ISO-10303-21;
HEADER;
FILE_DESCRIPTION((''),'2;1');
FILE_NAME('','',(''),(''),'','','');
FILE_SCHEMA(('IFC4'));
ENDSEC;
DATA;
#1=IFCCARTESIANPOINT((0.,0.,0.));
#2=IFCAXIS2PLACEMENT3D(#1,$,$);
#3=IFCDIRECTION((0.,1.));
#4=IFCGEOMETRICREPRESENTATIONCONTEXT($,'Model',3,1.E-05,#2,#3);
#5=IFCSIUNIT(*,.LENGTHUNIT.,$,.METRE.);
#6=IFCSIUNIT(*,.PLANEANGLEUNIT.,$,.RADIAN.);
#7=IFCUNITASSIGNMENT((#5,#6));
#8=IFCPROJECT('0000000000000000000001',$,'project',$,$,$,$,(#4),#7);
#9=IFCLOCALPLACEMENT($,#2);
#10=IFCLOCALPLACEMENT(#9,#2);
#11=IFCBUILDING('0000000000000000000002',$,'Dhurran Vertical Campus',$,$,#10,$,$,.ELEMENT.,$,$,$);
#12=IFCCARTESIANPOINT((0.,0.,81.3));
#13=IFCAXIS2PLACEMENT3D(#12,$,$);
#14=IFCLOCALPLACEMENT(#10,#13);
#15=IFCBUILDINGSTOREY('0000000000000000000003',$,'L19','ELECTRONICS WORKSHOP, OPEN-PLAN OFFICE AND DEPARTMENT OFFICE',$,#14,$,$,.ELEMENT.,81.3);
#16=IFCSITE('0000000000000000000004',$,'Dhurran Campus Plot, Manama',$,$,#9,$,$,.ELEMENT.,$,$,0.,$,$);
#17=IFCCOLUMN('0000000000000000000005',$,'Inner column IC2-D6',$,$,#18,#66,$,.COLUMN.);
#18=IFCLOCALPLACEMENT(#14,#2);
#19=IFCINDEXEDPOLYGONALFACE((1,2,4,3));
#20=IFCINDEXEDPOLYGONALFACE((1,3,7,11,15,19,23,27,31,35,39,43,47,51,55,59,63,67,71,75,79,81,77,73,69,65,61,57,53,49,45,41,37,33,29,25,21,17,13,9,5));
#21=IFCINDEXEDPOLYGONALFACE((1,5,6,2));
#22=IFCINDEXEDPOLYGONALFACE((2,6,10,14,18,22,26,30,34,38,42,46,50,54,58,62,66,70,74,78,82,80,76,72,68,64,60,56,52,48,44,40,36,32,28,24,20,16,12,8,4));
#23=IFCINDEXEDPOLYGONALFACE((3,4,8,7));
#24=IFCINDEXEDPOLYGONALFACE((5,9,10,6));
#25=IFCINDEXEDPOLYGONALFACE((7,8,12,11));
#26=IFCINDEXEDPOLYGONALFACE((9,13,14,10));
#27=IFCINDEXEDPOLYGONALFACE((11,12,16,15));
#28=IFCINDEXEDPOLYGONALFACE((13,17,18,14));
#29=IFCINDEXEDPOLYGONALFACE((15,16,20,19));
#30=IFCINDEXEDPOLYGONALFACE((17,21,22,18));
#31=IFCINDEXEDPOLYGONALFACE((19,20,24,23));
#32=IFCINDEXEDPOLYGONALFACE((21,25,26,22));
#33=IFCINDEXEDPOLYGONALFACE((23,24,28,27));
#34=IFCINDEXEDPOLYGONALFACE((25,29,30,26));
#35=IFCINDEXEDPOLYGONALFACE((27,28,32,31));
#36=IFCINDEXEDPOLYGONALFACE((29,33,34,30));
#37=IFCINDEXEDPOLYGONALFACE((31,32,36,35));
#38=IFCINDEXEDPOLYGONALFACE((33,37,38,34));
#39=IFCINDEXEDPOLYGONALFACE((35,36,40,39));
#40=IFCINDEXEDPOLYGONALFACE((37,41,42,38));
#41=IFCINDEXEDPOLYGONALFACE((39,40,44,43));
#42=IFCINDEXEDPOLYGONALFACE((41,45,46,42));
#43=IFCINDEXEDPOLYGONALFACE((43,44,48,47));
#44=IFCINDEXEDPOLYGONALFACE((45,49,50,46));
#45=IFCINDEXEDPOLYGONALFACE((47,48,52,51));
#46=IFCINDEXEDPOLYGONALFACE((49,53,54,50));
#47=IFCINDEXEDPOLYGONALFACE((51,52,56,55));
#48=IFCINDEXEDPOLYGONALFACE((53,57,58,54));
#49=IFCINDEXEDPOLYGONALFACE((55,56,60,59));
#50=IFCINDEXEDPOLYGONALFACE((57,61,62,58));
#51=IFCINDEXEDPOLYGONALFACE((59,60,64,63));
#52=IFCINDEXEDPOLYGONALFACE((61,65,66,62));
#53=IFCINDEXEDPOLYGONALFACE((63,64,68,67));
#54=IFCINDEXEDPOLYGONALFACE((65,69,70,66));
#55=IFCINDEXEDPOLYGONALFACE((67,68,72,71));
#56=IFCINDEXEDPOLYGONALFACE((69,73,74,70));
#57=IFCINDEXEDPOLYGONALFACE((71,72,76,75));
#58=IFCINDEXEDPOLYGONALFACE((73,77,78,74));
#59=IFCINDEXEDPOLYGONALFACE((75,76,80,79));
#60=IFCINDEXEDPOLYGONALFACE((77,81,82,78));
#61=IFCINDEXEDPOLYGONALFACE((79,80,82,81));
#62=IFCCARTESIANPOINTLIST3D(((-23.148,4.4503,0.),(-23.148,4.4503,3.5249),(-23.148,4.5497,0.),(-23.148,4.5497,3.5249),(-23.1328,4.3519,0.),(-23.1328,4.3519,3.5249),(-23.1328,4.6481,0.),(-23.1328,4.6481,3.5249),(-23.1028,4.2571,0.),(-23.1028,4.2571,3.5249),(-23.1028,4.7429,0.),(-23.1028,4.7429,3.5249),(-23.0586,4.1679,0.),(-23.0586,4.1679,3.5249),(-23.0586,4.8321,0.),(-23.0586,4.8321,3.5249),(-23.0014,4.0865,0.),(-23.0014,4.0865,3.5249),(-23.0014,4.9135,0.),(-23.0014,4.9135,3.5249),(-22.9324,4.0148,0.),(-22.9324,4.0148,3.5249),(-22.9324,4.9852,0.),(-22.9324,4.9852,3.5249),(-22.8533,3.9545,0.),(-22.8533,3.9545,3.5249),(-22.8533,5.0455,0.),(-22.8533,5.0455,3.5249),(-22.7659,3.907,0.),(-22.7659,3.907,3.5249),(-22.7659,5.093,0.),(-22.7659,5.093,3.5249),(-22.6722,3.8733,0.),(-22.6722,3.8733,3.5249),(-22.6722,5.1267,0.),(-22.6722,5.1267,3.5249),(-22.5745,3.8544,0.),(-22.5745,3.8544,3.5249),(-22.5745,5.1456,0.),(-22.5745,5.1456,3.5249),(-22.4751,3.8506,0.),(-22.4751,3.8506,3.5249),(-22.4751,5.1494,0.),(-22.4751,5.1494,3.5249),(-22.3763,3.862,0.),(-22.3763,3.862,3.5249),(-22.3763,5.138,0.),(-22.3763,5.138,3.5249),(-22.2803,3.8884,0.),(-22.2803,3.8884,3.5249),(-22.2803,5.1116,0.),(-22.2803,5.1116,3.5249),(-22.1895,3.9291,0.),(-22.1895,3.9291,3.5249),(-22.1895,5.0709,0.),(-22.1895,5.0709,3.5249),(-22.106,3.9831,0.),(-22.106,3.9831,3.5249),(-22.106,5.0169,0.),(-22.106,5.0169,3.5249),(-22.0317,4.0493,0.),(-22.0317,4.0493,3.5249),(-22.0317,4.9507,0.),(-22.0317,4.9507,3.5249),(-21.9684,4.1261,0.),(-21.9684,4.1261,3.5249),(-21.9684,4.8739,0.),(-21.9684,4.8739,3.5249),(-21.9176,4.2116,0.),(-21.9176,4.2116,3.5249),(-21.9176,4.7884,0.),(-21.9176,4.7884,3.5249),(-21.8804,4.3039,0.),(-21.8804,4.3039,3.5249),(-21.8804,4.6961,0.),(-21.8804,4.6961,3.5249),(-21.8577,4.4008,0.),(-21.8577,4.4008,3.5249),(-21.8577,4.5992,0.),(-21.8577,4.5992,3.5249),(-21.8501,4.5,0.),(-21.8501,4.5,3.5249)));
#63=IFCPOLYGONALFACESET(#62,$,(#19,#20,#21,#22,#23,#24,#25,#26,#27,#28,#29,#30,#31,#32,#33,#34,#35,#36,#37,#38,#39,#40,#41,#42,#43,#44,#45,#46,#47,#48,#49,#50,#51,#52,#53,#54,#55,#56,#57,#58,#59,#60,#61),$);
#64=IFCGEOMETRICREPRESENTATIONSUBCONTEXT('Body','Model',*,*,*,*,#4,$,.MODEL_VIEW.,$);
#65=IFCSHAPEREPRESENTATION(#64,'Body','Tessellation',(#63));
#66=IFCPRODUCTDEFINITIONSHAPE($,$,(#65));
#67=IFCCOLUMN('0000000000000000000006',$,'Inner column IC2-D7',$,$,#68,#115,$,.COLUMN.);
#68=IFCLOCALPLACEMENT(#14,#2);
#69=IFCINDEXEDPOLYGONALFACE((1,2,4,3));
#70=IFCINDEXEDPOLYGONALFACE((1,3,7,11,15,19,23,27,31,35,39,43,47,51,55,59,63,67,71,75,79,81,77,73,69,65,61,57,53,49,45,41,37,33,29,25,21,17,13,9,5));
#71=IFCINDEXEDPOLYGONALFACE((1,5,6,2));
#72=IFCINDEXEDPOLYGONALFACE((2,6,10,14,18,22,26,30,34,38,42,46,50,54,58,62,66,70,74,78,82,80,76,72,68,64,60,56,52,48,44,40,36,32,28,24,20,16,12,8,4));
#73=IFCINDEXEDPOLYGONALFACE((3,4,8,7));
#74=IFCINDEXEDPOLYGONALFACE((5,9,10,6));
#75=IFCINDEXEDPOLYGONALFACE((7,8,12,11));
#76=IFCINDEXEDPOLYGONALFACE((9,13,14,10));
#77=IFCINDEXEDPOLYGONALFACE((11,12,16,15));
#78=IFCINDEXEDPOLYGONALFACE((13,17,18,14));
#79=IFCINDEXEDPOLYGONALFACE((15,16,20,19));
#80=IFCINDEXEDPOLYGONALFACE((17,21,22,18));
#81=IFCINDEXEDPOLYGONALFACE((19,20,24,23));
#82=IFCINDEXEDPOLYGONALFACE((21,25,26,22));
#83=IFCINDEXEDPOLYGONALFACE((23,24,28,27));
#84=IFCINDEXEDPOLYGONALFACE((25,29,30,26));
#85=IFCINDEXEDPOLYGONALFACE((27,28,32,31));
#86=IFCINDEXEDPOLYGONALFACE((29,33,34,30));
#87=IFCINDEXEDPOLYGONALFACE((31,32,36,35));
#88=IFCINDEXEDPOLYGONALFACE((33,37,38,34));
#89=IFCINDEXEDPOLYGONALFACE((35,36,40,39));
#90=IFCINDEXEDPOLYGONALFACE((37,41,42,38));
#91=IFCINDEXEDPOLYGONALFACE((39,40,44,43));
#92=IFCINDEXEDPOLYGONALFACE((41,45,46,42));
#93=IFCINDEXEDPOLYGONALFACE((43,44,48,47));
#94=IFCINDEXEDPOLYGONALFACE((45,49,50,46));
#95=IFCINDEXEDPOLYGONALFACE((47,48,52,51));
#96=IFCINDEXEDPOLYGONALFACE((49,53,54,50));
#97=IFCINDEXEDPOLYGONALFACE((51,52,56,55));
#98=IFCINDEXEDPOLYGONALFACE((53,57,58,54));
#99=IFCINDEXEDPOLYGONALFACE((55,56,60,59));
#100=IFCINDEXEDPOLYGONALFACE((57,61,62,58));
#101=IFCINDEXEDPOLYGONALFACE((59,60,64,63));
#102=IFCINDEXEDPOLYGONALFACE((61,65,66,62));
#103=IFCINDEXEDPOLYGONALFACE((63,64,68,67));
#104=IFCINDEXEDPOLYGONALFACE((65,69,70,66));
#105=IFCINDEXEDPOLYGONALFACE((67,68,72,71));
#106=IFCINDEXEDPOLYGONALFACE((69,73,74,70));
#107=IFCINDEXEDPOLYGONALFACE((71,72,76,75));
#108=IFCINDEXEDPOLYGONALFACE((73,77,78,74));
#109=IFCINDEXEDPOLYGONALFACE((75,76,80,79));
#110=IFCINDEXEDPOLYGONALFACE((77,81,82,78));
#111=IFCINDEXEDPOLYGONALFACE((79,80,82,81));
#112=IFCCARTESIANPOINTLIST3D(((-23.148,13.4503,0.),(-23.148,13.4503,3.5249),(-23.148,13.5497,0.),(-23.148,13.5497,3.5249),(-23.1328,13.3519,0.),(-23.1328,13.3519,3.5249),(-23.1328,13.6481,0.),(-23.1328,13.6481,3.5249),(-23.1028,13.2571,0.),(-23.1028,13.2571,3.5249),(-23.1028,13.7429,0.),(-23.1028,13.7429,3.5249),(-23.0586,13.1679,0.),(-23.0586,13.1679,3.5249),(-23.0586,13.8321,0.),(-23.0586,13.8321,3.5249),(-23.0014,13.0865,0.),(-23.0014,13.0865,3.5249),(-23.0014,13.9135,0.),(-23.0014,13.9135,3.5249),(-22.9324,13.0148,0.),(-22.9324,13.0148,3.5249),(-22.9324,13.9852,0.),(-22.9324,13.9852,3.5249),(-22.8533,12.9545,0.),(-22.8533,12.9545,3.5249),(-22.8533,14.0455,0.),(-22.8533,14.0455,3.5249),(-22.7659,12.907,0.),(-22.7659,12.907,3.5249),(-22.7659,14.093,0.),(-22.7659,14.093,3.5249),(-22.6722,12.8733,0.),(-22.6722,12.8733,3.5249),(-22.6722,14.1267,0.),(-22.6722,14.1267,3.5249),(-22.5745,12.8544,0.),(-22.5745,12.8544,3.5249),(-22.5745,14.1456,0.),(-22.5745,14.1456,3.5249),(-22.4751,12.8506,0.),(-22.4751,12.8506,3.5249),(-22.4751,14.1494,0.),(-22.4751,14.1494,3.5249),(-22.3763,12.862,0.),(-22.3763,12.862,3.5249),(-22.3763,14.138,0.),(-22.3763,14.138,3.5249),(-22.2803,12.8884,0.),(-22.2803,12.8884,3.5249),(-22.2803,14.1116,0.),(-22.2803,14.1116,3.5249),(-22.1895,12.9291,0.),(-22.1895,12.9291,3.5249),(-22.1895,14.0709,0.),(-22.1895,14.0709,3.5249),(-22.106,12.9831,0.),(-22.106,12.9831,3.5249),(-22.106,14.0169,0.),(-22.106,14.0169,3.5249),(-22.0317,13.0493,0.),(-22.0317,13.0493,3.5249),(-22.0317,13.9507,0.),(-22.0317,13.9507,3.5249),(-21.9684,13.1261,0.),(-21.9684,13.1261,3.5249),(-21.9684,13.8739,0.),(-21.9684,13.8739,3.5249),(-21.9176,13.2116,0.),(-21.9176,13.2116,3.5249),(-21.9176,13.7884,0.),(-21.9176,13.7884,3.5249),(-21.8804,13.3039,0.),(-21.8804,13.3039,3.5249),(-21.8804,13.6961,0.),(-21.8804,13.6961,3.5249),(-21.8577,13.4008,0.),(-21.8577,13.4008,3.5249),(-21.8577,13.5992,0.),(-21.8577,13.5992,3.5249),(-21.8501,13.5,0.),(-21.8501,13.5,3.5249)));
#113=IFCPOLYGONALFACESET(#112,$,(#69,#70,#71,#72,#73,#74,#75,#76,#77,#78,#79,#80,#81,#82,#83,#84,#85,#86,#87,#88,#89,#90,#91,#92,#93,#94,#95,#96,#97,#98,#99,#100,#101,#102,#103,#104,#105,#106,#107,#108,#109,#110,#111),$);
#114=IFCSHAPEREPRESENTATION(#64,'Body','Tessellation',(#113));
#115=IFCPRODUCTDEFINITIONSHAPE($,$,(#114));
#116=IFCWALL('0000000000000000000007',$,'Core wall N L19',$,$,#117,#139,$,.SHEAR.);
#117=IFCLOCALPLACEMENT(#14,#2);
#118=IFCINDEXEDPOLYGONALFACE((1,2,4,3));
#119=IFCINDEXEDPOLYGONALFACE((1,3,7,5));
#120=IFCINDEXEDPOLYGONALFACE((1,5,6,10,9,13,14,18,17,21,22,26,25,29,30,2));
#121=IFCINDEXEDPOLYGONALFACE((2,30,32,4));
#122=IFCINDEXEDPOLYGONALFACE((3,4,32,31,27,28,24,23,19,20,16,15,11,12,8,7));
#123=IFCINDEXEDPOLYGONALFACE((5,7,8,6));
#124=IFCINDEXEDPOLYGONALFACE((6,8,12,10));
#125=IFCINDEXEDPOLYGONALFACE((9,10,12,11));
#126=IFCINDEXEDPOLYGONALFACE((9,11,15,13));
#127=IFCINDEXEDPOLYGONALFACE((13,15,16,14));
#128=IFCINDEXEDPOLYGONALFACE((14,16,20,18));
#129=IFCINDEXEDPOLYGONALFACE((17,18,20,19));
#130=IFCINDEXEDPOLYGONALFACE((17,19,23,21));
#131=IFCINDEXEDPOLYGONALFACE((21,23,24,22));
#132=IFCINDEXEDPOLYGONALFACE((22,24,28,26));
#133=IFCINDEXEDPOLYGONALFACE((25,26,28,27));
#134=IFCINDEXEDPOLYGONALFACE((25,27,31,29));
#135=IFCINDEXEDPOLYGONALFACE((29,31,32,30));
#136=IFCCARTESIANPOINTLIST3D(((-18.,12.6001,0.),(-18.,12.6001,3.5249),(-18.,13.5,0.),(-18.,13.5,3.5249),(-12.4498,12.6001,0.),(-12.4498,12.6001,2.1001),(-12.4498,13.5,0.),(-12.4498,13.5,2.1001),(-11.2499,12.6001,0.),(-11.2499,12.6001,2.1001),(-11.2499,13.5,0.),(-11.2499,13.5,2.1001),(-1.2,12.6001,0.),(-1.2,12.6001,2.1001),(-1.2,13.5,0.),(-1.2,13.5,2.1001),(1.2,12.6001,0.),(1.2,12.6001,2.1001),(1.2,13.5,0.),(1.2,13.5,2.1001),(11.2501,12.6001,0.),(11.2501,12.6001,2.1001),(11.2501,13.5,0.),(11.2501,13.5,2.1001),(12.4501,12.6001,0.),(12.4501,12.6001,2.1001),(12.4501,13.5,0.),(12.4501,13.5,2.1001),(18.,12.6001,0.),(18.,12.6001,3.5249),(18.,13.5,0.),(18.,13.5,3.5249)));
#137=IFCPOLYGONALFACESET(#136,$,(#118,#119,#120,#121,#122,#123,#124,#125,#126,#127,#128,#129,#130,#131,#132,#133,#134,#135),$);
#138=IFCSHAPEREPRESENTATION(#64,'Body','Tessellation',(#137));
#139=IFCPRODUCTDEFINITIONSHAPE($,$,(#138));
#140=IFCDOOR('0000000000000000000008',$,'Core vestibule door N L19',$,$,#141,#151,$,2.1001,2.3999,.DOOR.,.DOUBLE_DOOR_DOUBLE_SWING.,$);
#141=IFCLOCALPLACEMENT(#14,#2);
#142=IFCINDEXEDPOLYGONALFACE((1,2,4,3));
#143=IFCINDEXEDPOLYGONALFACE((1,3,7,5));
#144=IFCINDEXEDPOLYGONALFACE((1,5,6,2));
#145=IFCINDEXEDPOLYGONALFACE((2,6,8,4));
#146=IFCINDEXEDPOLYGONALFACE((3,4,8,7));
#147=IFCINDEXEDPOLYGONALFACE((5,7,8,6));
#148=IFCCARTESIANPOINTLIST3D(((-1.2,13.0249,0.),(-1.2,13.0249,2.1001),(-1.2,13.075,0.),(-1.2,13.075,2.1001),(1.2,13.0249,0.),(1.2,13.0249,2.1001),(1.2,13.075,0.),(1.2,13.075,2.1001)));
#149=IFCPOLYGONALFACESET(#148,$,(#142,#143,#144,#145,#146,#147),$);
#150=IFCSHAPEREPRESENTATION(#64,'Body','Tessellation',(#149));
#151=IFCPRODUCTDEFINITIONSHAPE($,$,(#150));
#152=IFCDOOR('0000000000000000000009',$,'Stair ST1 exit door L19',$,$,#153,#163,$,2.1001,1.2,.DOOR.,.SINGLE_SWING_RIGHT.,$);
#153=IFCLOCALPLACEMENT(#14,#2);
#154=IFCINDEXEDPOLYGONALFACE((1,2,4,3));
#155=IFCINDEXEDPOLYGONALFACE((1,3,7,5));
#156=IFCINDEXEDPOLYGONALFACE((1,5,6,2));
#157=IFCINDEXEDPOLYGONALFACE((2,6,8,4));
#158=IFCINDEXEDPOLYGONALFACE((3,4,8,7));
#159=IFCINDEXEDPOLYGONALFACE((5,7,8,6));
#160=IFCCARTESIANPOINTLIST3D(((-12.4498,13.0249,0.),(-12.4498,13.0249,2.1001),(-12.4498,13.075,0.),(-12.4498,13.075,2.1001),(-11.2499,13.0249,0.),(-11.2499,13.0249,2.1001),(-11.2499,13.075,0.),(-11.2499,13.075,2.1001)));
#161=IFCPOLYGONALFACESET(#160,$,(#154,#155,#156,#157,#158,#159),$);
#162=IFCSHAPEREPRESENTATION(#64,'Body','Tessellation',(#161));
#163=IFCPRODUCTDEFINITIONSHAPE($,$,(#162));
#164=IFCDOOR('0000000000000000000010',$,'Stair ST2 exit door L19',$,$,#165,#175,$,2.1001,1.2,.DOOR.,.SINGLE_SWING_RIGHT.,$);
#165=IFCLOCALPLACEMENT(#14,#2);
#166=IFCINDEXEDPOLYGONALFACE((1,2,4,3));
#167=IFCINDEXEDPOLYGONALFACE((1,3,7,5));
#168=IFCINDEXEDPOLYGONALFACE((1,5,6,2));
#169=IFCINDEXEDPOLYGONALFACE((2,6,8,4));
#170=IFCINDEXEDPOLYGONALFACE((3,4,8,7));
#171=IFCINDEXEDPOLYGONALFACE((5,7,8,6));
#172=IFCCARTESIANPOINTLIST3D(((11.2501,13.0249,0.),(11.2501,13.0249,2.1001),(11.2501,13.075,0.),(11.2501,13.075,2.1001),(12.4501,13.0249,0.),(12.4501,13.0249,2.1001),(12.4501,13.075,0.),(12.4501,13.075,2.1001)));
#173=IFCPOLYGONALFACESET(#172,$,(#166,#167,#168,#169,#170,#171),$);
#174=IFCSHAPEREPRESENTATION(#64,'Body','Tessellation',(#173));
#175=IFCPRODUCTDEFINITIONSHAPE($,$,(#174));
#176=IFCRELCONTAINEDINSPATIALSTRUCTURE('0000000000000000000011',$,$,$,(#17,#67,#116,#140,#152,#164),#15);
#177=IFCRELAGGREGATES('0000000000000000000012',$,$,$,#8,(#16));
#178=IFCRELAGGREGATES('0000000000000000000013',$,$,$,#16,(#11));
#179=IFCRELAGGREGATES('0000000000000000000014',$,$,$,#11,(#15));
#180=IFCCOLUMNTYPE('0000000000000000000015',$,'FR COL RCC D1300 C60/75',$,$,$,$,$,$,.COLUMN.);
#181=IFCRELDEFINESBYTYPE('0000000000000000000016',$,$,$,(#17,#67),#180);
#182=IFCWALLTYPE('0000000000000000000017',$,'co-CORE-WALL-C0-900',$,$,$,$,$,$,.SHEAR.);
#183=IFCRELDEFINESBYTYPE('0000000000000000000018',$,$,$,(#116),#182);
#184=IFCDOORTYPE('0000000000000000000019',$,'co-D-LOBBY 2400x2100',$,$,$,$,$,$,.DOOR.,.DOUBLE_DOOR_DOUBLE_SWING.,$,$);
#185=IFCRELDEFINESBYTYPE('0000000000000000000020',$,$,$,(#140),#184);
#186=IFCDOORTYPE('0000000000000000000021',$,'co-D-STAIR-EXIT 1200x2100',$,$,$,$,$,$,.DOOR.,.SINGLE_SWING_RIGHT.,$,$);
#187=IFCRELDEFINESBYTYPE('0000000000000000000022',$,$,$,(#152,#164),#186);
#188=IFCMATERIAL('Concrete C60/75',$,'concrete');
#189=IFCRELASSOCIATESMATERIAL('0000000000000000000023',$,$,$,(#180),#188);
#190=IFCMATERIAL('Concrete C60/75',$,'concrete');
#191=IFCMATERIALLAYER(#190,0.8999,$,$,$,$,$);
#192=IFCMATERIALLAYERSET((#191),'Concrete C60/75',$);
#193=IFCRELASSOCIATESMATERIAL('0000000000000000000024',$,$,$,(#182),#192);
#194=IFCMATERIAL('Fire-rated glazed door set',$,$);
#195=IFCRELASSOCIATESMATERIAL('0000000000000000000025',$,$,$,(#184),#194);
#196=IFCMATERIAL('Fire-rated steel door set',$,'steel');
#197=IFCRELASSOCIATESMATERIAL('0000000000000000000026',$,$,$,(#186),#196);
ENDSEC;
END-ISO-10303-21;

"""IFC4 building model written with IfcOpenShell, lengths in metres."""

from ifc_helpers import new_model, si_unit, direction, frame, frame_2d, origin, origin_2d, place, context, subcontext, project, spatial, rectangle, circle, extrude, material, layer, layer_set, material_profile, profile_set, type_object, element, fill, save


model = new_model("IFC4")

# Units and contexts
model_context = context("Model", 3, precision=1e-05, world=origin(), true_north=direction((0.0, 1.0)))
body_context = subcontext(model_context, "Body", "Model", "MODEL_VIEW")
ifc_project = project(units=[si_unit("LENGTHUNIT", "METRE"), si_unit("PLANEANGLEUNIT", "RADIAN")], contexts=[model_context])

# Site, building, storey
site_placement = place(None, origin())
site = spatial("IfcSite", under=ifc_project, at=site_placement, Name="Dhurran Campus Plot, Manama", CompositionType="ELEMENT", RefElevation=0.0)
building_placement = place(site_placement, origin())
building = spatial("IfcBuilding", under=site, at=building_placement, Name="Dhurran Vertical Campus", CompositionType="ELEMENT")
storey_placement = place(building_placement, frame((0.0, 0.0, 81.3)))
storey = spatial("IfcBuildingStorey", under=building, at=storey_placement, Name="L19", Description="ELECTRONICS WORKSHOP, OPEN-PLAN OFFICE AND DEPARTMENT OFFICE", CompositionType="ELEMENT", Elevation=81.3)

# Columns
ifc_material_1 = material(Name="Concrete C60/75", Category="concrete")
ifc_material_profile = material_profile(ifc_material_1, circle(Radius=0.6499, at=origin_2d()), Name="RCC D1300")
ifc_profile_set = profile_set([ifc_material_profile], Name="Concrete C60/75")
column_type = type_object("IfcColumnType", Name="FR COL RCC D1300 C60/75", PredefinedType="COLUMN", material=ifc_profile_set)
for number, where, z_axis, x_axis, name in (
    (1, (-22.5, 4.5, 0.0), (0.0, 0.0, 1.0), (1.0, 0.0, 0.0), "Inner column IC2-D6"),
    (2, (-22.5, 13.5, 0.0), (0.0, 0.0, 1.0), (1.0, 0.0, 0.0), "Inner column IC2-D7"),
):
    element("IfcColumn", number, at=place(storey_placement, frame(where, z_axis=z_axis, x_axis=x_axis)), inside=storey, type_object=column_type, Name=name, PredefinedType="COLUMN", context=body_context, shape_type="SweptSolid", body=[
        extrude(circle(Radius=0.6499, at=origin_2d()), origin(), (0.0, 0.0, 1.0), 3.5249),
    ])

# Wall, openings, doors
ifc_material_2 = material(Name="Concrete C60/75", Category="concrete")
ifc_layer_1 = layer(ifc_material_2, 0.8999)
ifc_layer_set_1 = layer_set([ifc_layer_1], Name="Concrete C60/75")
wall_type_1 = type_object("IfcWallType", Name="co-CORE-WALL-C0-900", PredefinedType="SHEAR", material=ifc_layer_set_1)
wall_1_placement = place(storey_placement, frame((-18.0, 13.05, 0.0), z_axis=(0.0, 0.0, 1.0), x_axis=(1.0, 0.0, 0.0)))
wall_1 = element("IfcWall", 3, at=wall_1_placement, inside=storey, type_object=wall_type_1, Name="Core wall N L19", PredefinedType="SHEAR", context=body_context, shape_type="SweptSolid", body=[
    extrude(rectangle(XDim=36.0, YDim=0.8999, at=frame_2d((18.0, 0.0))), origin(), (0.0, 0.0, 1.0), 3.5249),
])
opening_1_placement = place(wall_1_placement, frame((16.8, 0.0, 0.0)))
opening_1 = element("IfcOpeningElement", 4, at=opening_1_placement, cuts=wall_1, PredefinedType="OPENING", context=body_context, shape_type="SweptSolid", body=[
    extrude(rectangle(XDim=2.3999, YDim=2.1001, at=frame_2d((1.2, 1.05))), frame((0.0, 0.46, 0.0), z_axis=(0.0, -1.0, 0.0), x_axis=(1.0, 0.0, 0.0)), (0.0, 0.0, 1.0), 0.9199),
])
opening_2_placement = place(wall_1_placement, frame((5.55, 0.0, 0.0)))
opening_2 = element("IfcOpeningElement", 5, at=opening_2_placement, cuts=wall_1, PredefinedType="OPENING", context=body_context, shape_type="SweptSolid", body=[
    extrude(rectangle(XDim=1.2, YDim=2.1001, at=frame_2d((0.6001, 1.05))), frame((0.0, 0.46, 0.0), z_axis=(0.0, -1.0, 0.0), x_axis=(1.0, 0.0, 0.0)), (0.0, 0.0, 1.0), 0.9199),
])
opening_3_placement = place(wall_1_placement, frame((29.25, 0.0, 0.0)))
opening_3 = element("IfcOpeningElement", 6, at=opening_3_placement, cuts=wall_1, PredefinedType="OPENING", context=body_context, shape_type="SweptSolid", body=[
    extrude(rectangle(XDim=1.2, YDim=2.1001, at=frame_2d((0.6001, 1.05))), frame((0.0, 0.46, 0.0), z_axis=(0.0, -1.0, 0.0), x_axis=(1.0, 0.0, 0.0)), (0.0, 0.0, 1.0), 0.9199),
])
ifc_material_3 = material(Name="Fire-rated glazed door set")
door_type_1 = type_object("IfcDoorType", Name="co-D-LOBBY 2400x2100", OperationType="DOUBLE_DOOR_DOUBLE_SWING", PredefinedType="DOOR", material=ifc_material_3)
door_1_placement = place(opening_1_placement, origin())
door_1 = element("IfcDoor", 7, at=door_1_placement, inside=storey, type_object=door_type_1, Name="Core vestibule door N L19", OperationType="DOUBLE_DOOR_DOUBLE_SWING", OverallHeight=2.1001, OverallWidth=2.3999, PredefinedType="DOOR", context=body_context, shape_type="SweptSolid", body=[
    extrude(rectangle(XDim=2.3999, YDim=2.1001, at=frame_2d((1.2, 1.05))), frame((0.0, 0.0249, 0.0), z_axis=(0.0, -1.0, 0.0), x_axis=(1.0, 0.0, 0.0)), (0.0, 0.0, 1.0), 0.05),
])
fill(opening_1, door_1)
ifc_material_4 = material(Name="Fire-rated steel door set", Category="steel")
door_type_2 = type_object("IfcDoorType", Name="co-D-STAIR-EXIT 1200x2100", OperationType="SINGLE_SWING_RIGHT", PredefinedType="DOOR", material=ifc_material_4)
door_2_placement = place(opening_2_placement, origin())
door_2 = element("IfcDoor", 8, at=door_2_placement, inside=storey, type_object=door_type_2, Name="Stair ST1 exit door L19", OperationType="SINGLE_SWING_RIGHT", OverallHeight=2.1001, OverallWidth=1.2, PredefinedType="DOOR", context=body_context, shape_type="SweptSolid", body=[
    extrude(rectangle(XDim=1.2, YDim=2.1001, at=frame_2d((0.6001, 1.05))), frame((0.0, 0.0249, 0.0), z_axis=(0.0, -1.0, 0.0), x_axis=(1.0, 0.0, 0.0)), (0.0, 0.0, 1.0), 0.05),
])
fill(opening_2, door_2)
door_3_placement = place(opening_3_placement, origin())
door_3 = element("IfcDoor", 9, at=door_3_placement, inside=storey, type_object=door_type_2, Name="Stair ST2 exit door L19", OperationType="SINGLE_SWING_RIGHT", OverallHeight=2.1001, OverallWidth=1.2, PredefinedType="DOOR", context=body_context, shape_type="SweptSolid", body=[
    extrude(rectangle(XDim=1.2, YDim=2.1001, at=frame_2d((0.6001, 1.05))), frame((0.0, 0.0249, 0.0), z_axis=(0.0, -1.0, 0.0), x_axis=(1.0, 0.0, 0.0)), (0.0, 0.0, 1.0), 0.05),
])
fill(opening_3, door_3)

save(model, "model.ifc")
